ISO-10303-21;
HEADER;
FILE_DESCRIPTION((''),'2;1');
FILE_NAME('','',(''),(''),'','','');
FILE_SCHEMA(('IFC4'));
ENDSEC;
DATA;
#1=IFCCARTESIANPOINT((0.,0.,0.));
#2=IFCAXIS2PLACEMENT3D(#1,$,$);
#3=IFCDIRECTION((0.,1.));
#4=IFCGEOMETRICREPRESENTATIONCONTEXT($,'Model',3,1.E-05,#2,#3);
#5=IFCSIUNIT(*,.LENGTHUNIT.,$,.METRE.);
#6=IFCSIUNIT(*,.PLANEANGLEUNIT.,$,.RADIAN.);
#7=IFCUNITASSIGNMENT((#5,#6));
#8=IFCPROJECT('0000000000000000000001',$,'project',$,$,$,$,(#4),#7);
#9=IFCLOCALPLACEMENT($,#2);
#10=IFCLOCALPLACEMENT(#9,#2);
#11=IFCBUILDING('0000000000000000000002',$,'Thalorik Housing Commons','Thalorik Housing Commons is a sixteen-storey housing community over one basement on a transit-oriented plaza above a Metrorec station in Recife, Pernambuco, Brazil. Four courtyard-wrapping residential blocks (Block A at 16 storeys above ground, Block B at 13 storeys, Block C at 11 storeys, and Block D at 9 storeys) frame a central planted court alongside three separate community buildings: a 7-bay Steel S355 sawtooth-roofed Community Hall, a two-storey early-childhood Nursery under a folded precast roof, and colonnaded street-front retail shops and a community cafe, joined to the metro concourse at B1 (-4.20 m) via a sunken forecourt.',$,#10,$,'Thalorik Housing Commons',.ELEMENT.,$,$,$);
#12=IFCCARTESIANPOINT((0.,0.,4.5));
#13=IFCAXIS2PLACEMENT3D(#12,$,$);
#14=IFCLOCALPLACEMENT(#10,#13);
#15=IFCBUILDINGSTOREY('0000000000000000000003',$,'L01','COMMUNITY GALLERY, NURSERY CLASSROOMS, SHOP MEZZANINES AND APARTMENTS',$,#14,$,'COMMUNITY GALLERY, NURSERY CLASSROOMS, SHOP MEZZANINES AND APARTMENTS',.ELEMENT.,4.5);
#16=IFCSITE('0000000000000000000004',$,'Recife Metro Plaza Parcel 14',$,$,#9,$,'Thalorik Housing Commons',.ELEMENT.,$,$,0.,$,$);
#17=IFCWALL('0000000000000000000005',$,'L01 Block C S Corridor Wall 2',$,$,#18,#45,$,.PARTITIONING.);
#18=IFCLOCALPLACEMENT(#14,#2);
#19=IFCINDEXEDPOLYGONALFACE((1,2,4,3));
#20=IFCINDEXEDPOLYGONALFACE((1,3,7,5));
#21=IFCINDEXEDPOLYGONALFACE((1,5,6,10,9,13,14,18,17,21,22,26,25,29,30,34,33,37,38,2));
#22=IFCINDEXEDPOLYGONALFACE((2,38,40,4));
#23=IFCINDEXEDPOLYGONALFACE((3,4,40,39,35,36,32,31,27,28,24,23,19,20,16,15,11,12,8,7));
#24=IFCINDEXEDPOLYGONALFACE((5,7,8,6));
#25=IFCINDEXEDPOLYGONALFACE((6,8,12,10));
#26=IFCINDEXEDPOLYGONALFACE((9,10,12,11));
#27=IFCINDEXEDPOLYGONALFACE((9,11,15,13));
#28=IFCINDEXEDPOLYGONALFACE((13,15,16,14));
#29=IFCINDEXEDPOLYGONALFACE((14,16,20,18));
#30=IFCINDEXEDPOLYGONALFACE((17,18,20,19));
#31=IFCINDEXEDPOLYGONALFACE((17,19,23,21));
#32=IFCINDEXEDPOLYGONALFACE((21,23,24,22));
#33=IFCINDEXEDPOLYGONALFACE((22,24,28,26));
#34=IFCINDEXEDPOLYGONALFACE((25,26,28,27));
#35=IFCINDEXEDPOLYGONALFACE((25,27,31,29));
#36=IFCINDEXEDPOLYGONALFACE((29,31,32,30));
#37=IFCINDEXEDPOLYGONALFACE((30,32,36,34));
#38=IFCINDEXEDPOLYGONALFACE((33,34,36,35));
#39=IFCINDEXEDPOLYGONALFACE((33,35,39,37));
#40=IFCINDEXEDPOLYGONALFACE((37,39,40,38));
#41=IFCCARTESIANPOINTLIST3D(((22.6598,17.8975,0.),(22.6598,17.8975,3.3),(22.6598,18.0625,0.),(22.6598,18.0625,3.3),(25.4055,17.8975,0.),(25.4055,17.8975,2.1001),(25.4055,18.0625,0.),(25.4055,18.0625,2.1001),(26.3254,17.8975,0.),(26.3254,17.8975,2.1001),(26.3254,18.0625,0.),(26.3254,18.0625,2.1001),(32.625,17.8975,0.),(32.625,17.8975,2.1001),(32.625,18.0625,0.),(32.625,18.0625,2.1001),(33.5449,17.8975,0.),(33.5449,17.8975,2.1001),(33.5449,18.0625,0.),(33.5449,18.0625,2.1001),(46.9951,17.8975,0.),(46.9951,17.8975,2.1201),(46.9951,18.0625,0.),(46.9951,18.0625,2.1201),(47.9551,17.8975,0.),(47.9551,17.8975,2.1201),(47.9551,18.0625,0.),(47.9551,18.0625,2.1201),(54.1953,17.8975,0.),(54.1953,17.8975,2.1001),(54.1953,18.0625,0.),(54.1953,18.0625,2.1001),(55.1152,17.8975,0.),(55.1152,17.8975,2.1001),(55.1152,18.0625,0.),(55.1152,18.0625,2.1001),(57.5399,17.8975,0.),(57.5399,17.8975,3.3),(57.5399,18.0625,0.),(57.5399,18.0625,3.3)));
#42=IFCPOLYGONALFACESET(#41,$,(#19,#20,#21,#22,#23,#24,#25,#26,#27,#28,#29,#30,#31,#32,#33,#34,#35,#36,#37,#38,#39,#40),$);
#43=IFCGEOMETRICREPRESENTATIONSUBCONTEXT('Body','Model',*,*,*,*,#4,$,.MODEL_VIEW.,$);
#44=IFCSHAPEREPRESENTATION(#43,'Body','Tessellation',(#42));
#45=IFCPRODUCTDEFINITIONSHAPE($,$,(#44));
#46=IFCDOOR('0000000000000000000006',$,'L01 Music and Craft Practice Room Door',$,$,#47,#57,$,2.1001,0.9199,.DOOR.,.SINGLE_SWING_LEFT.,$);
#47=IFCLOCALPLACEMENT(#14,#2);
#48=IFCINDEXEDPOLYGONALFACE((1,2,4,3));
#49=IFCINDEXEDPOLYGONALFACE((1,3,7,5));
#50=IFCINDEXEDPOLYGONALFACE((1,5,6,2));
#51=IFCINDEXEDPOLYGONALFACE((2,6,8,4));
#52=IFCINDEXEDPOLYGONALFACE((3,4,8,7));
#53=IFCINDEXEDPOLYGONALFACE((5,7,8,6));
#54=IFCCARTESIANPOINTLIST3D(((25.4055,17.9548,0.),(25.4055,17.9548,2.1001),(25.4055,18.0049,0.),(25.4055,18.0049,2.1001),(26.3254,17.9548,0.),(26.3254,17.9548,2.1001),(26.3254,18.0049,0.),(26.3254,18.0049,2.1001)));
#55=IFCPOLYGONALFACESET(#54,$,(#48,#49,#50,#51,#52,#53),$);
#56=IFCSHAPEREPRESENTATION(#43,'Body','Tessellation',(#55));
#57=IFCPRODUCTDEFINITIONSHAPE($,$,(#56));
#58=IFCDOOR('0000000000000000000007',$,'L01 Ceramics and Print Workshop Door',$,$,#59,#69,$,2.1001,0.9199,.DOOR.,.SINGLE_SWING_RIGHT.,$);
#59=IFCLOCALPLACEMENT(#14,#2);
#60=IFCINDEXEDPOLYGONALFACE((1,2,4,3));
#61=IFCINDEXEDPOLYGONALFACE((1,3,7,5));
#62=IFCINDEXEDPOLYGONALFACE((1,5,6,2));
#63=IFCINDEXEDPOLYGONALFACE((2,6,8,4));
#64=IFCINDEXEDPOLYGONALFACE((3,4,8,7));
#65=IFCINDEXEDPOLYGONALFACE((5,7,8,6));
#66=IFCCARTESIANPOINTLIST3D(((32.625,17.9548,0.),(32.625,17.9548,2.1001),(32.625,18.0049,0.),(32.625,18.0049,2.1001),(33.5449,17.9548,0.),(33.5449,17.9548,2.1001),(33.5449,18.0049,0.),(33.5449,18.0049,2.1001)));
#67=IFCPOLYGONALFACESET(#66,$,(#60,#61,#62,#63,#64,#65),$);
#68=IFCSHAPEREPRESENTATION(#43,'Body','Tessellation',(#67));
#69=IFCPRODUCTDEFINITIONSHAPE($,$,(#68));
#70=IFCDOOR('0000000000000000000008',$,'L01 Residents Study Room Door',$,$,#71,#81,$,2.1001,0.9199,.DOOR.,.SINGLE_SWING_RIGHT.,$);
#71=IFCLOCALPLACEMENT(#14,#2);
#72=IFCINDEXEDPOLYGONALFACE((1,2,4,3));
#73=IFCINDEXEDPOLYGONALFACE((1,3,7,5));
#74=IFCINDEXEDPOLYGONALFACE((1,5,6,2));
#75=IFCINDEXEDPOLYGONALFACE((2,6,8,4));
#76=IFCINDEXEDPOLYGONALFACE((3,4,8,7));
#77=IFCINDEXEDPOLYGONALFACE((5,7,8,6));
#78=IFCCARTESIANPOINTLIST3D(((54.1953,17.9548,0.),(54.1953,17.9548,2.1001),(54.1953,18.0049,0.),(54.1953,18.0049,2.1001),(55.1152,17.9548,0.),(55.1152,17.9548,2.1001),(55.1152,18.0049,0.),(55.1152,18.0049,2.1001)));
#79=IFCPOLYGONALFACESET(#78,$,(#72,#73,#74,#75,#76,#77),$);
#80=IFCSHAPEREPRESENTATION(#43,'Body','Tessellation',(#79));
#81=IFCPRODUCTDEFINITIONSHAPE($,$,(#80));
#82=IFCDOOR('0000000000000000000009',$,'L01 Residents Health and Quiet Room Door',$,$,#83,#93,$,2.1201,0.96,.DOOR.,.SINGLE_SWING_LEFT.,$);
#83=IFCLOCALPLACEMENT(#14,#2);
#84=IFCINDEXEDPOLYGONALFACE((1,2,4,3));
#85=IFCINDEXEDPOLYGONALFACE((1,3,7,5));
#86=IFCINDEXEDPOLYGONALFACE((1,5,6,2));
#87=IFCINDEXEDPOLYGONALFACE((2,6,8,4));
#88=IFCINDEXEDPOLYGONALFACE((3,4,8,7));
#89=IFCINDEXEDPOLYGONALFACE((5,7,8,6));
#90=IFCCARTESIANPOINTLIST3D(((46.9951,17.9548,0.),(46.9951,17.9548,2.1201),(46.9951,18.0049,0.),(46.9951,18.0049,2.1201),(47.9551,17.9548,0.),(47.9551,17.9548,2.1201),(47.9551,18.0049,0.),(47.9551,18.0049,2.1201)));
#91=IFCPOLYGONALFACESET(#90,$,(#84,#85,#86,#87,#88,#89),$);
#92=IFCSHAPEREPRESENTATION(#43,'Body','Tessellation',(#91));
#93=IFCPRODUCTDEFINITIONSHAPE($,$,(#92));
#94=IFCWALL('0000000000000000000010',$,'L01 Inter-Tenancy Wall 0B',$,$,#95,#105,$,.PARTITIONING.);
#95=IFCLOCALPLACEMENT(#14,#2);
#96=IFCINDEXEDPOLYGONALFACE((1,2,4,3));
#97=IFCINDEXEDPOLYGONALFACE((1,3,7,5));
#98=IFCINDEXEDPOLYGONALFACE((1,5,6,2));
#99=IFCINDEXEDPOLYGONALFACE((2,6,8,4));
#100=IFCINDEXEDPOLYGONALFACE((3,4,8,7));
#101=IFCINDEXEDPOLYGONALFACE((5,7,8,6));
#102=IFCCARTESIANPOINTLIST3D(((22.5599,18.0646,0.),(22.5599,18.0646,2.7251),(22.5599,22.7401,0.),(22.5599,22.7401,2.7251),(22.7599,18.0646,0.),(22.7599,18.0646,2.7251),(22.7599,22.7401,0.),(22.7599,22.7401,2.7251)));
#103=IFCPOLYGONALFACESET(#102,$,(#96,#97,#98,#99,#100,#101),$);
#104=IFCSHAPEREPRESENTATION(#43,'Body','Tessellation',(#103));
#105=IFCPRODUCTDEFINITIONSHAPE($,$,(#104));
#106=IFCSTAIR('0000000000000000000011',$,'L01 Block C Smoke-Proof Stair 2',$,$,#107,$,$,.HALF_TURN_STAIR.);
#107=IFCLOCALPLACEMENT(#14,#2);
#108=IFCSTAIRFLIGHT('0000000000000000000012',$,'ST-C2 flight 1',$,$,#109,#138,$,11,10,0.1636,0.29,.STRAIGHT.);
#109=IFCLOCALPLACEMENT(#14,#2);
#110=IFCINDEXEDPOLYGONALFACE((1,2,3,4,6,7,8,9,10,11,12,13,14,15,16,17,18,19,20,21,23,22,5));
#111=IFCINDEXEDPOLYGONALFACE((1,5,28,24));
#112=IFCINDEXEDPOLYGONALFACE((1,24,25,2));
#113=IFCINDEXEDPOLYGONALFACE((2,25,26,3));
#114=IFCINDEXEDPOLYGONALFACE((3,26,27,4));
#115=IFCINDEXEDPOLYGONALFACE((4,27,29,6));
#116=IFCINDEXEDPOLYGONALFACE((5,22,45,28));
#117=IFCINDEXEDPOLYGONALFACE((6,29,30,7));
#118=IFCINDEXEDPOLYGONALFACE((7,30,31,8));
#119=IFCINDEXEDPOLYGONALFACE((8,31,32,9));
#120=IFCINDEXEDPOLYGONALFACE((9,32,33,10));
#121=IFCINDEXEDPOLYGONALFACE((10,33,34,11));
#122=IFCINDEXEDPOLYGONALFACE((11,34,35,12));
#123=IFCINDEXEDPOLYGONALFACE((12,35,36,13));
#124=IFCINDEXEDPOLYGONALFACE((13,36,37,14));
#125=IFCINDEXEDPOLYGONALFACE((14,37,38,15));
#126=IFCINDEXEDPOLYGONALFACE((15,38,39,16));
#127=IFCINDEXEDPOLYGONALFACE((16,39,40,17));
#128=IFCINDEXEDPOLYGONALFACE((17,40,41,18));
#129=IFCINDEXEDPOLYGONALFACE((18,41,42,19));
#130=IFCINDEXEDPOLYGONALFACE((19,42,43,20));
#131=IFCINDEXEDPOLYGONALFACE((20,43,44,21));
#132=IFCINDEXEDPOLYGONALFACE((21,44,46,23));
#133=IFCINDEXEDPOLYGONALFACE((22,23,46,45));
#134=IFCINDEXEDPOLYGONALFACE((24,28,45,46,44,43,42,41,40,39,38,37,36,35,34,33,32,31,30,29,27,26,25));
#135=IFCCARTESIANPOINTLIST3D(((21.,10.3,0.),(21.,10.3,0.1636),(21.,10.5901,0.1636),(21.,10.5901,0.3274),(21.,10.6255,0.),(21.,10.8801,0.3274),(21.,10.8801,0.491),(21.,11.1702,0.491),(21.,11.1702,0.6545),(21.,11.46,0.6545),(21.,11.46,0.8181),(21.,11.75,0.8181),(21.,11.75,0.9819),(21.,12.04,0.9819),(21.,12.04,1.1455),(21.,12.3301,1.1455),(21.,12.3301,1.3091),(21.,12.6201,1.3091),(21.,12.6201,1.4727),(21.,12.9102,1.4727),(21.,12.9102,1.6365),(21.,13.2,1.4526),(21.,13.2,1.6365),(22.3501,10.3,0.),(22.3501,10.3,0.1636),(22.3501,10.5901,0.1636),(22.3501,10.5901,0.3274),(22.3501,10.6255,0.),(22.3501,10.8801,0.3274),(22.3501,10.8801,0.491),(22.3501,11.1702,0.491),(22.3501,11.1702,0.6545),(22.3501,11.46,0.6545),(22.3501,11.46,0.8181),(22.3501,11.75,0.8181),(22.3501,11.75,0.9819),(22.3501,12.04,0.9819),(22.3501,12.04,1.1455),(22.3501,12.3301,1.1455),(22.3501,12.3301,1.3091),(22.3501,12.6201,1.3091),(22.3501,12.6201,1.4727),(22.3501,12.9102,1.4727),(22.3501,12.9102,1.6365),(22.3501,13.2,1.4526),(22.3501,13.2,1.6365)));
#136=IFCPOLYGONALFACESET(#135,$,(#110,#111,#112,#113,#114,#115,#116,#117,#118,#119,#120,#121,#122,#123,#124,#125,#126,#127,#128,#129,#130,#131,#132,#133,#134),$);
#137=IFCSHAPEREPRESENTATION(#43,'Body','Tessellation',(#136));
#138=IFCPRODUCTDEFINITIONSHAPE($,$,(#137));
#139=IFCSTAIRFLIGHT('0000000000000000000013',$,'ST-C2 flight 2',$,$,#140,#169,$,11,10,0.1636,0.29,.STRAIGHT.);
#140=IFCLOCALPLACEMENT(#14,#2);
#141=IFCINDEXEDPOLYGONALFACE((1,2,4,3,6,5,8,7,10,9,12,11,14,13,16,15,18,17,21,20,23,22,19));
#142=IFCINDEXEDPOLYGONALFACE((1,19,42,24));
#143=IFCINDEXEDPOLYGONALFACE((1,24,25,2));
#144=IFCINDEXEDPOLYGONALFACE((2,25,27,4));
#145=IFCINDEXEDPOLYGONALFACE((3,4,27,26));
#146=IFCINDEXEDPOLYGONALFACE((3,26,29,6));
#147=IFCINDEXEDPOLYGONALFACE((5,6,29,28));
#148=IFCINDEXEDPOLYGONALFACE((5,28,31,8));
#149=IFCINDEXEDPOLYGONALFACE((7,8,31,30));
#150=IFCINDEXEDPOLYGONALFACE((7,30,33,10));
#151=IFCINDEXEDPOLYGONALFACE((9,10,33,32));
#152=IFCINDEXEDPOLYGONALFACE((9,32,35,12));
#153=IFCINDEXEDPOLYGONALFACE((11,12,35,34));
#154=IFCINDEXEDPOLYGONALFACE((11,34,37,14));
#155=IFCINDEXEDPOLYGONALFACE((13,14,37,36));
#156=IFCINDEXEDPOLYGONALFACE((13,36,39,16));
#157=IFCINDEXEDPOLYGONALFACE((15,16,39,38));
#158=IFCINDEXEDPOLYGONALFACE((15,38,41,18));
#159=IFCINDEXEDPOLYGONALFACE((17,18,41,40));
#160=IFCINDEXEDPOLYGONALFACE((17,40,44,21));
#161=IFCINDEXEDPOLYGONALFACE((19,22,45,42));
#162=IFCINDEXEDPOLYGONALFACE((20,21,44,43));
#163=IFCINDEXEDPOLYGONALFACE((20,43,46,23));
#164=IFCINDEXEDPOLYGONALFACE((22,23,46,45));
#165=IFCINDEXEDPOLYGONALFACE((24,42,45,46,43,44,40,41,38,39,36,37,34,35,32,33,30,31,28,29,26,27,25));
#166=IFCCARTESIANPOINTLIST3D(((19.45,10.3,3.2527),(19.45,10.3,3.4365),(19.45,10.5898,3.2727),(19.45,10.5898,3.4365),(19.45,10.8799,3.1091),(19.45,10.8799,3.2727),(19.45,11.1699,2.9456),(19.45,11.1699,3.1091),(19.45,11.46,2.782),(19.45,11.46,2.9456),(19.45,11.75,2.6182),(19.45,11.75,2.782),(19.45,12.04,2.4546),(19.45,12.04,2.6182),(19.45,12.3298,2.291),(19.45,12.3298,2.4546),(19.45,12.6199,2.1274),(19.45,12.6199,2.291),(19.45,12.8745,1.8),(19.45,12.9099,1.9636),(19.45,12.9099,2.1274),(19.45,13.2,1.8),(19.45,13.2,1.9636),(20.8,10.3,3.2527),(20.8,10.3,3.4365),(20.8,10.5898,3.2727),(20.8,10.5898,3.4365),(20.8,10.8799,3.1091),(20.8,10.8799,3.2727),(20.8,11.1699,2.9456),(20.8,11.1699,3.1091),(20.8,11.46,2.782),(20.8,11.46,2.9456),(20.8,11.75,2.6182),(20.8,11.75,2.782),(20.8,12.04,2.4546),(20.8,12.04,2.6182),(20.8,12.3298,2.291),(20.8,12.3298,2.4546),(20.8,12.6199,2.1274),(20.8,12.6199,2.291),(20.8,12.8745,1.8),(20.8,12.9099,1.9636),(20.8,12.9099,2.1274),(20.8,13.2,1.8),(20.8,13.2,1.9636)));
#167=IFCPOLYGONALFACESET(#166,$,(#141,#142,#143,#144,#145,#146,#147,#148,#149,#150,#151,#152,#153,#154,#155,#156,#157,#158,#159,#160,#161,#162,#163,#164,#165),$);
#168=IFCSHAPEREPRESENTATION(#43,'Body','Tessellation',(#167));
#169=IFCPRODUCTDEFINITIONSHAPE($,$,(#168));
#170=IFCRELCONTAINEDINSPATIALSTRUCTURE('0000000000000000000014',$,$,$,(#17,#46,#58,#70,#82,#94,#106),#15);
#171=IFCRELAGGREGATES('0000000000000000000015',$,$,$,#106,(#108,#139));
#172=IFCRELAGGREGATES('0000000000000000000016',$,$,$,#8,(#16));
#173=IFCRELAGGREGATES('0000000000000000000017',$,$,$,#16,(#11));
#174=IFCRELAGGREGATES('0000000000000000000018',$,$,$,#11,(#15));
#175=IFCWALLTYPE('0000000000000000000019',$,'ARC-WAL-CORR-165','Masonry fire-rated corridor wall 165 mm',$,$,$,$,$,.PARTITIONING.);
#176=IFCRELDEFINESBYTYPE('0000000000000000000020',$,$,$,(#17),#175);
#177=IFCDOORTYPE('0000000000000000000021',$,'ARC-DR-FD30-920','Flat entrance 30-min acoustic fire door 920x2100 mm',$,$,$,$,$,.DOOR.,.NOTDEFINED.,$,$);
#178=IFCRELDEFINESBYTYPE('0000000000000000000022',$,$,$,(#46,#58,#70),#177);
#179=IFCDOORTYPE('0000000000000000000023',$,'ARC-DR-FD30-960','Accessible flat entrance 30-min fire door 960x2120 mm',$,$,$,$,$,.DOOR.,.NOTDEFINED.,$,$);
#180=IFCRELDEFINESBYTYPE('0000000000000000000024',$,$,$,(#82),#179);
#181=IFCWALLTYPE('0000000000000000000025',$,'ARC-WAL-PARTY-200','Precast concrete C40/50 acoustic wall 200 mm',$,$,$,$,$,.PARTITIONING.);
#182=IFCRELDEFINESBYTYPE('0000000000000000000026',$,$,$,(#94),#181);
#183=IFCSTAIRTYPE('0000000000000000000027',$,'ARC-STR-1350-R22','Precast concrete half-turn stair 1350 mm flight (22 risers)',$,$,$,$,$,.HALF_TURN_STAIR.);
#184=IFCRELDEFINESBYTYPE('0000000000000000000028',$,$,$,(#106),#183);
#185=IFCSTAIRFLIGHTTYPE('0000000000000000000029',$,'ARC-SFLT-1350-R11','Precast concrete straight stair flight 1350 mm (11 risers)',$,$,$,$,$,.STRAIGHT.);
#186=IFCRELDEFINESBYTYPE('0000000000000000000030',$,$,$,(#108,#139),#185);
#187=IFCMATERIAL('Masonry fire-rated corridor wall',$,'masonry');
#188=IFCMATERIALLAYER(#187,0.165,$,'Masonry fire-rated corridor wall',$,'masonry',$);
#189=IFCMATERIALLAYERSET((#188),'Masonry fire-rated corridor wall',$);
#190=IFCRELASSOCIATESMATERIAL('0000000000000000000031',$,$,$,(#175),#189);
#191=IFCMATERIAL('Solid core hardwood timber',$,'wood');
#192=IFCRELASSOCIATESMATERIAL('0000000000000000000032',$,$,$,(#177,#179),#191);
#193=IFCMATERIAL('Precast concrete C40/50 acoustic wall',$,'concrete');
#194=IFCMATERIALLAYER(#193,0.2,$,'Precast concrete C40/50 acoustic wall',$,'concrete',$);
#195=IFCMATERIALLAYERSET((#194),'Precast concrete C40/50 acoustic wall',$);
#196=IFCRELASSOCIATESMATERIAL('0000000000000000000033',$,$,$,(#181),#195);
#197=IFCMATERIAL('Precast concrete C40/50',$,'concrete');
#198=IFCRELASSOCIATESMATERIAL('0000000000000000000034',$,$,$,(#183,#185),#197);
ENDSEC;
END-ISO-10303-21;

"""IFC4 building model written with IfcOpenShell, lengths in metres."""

from ifc_helpers import new_model, si_unit, direction, frame, frame_2d, origin, place, context, subcontext, project, spatial, polyline, rectangle, outline, extrude, material, layer, layer_set, type_object, element, fill, aggregate, save


model = new_model("IFC4")

# Units and contexts
model_context = context("Model", 3, precision=1e-05, world=origin(), true_north=direction((0.0, 1.0)))
body_context = subcontext(model_context, "Body", "Model", "MODEL_VIEW")
ifc_project = project(units=[si_unit("LENGTHUNIT", "METRE"), si_unit("PLANEANGLEUNIT", "RADIAN")], contexts=[model_context])

# Site, building, storey
site_placement = place(None, origin())
site = spatial("IfcSite", under=ifc_project, at=site_placement, Name="Recife Metro Plaza Parcel 14", LongName="Thalorik Housing Commons", CompositionType="ELEMENT", RefElevation=0.0)
building_placement = place(site_placement, origin())
building = spatial("IfcBuilding", under=site, at=building_placement, Name="Thalorik Housing Commons", Description="Thalorik Housing Commons is a sixteen-storey housing community over one basement on a transit-oriented plaza above a Metrorec station in Recife, Pernambuco, Brazil. Four courtyard-wrapping residential blocks (Block A at 16 storeys above ground, Block B at 13 storeys, Block C at 11 storeys, and Block D at 9 storeys) frame a central planted court alongside three separate community buildings: a 7-bay Steel S355 sawtooth-roofed Community Hall, a two-storey early-childhood Nursery under a folded precast roof, and colonnaded street-front retail shops and a community cafe, joined to the metro concourse at B1 (-4.20 m) via a sunken forecourt.", LongName="Thalorik Housing Commons", CompositionType="ELEMENT")
storey_placement = place(building_placement, frame((0.0, 0.0, 4.5)))
storey = spatial("IfcBuildingStorey", under=building, at=storey_placement, Name="L01", Description="COMMUNITY GALLERY, NURSERY CLASSROOMS, SHOP MEZZANINES AND APARTMENTS", LongName="COMMUNITY GALLERY, NURSERY CLASSROOMS, SHOP MEZZANINES AND APARTMENTS", CompositionType="ELEMENT", Elevation=4.5)

# Shared definitions
ifc_material_1 = material(Name="Precast concrete C40/50", Category="concrete")

# Wall, openings, doors
ifc_material_2 = material(Name="Masonry fire-rated corridor wall", Category="masonry")
ifc_layer_1 = layer(ifc_material_2, 0.165, Name="Masonry fire-rated corridor wall", Category="masonry")
ifc_layer_set_1 = layer_set([ifc_layer_1], Name="Masonry fire-rated corridor wall")
wall_type_1 = type_object("IfcWallType", Name="ARC-WAL-CORR-165", Description="Masonry fire-rated corridor wall 165 mm", PredefinedType="PARTITIONING", material=ifc_layer_set_1)
wall_1_placement = place(storey_placement, frame((22.6599, 17.98, 0.0), z_axis=(0.0, 0.0, 1.0), x_axis=(1.0, 0.0, 0.0)))
wall_1 = element("IfcWall", 1, at=wall_1_placement, inside=storey, type_object=wall_type_1, Name="L01 Block C S Corridor Wall 2", PredefinedType="PARTITIONING", context=body_context, shape_type="SweptSolid", body=[
    extrude(rectangle(XDim=34.8801, YDim=0.165, at=frame_2d((17.4399, 0.0))), origin(), (0.0, 0.0, 1.0), 3.3),
])
opening_1_placement = place(wall_1_placement, frame((2.7456, 0.0, 0.0)))
opening_1 = element("IfcOpeningElement", 2, at=opening_1_placement, cuts=wall_1, PredefinedType="OPENING", context=body_context, shape_type="SweptSolid", body=[
    extrude(rectangle(XDim=0.9199, YDim=2.1001, at=frame_2d((0.46, 1.05))), frame((0.0, 0.0925, 0.0), z_axis=(0.0, -1.0, 0.0), x_axis=(1.0, 0.0, 0.0)), (0.0, 0.0, 1.0), 0.1851),
])
opening_2_placement = place(wall_1_placement, frame((9.9651, 0.0, 0.0)))
opening_2 = element("IfcOpeningElement", 3, at=opening_2_placement, cuts=wall_1, PredefinedType="OPENING", context=body_context, shape_type="SweptSolid", body=[
    extrude(rectangle(XDim=0.9199, YDim=2.1001, at=frame_2d((0.46, 1.05))), frame((0.0, 0.0925, 0.0), z_axis=(0.0, -1.0, 0.0), x_axis=(1.0, 0.0, 0.0)), (0.0, 0.0, 1.0), 0.1851),
])
opening_3_placement = place(wall_1_placement, frame((24.3352, 0.0, 0.0)))
opening_3 = element("IfcOpeningElement", 4, at=opening_3_placement, cuts=wall_1, PredefinedType="OPENING", context=body_context, shape_type="SweptSolid", body=[
    extrude(rectangle(XDim=0.96, YDim=2.1201, at=frame_2d((0.48, 1.0601))), frame((0.0, 0.0925, 0.0), z_axis=(0.0, -1.0, 0.0), x_axis=(1.0, 0.0, 0.0)), (0.0, 0.0, 1.0), 0.1851),
])
opening_4_placement = place(wall_1_placement, frame((31.5354, 0.0, 0.0)))
opening_4 = element("IfcOpeningElement", 5, at=opening_4_placement, cuts=wall_1, PredefinedType="OPENING", context=body_context, shape_type="SweptSolid", body=[
    extrude(rectangle(XDim=0.9199, YDim=2.1001, at=frame_2d((0.46, 1.05))), frame((0.0, 0.0925, 0.0), z_axis=(0.0, -1.0, 0.0), x_axis=(1.0, 0.0, 0.0)), (0.0, 0.0, 1.0), 0.1851),
])
ifc_material_3 = material(Name="Solid core hardwood timber", Category="wood")
door_type_1 = type_object("IfcDoorType", Name="ARC-DR-FD30-920", Description="Flat entrance 30-min acoustic fire door 920x2100 mm", OperationType="NOTDEFINED", PredefinedType="DOOR", material=ifc_material_3)
door_1_placement = place(opening_1_placement, origin())
door_1 = element("IfcDoor", 6, at=door_1_placement, inside=storey, type_object=door_type_1, Name="L01 Music and Craft Practice Room Door", OperationType="SINGLE_SWING_LEFT", OverallHeight=2.1001, OverallWidth=0.9199, PredefinedType="DOOR", context=body_context, shape_type="SweptSolid", body=[
    extrude(rectangle(XDim=0.9199, YDim=2.1001, at=frame_2d((0.46, 1.05))), frame((0.0, 0.0249, 0.0), z_axis=(0.0, -1.0, 0.0), x_axis=(1.0, 0.0, 0.0)), (0.0, 0.0, 1.0), 0.05),
])
fill(opening_1, door_1)
door_2_placement = place(opening_2_placement, origin())
door_2 = element("IfcDoor", 7, at=door_2_placement, inside=storey, type_object=door_type_1, Name="L01 Ceramics and Print Workshop Door", OperationType="SINGLE_SWING_RIGHT", OverallHeight=2.1001, OverallWidth=0.9199, PredefinedType="DOOR", context=body_context, shape_type="SweptSolid", body=[
    extrude(rectangle(XDim=0.9199, YDim=2.1001, at=frame_2d((0.46, 1.05))), frame((0.0, 0.0249, 0.0), z_axis=(0.0, -1.0, 0.0), x_axis=(1.0, 0.0, 0.0)), (0.0, 0.0, 1.0), 0.05),
])
fill(opening_2, door_2)
door_3_placement = place(opening_4_placement, origin())
door_3 = element("IfcDoor", 8, at=door_3_placement, inside=storey, type_object=door_type_1, Name="L01 Residents Study Room Door", OperationType="SINGLE_SWING_RIGHT", OverallHeight=2.1001, OverallWidth=0.9199, PredefinedType="DOOR", context=body_context, shape_type="SweptSolid", body=[
    extrude(rectangle(XDim=0.9199, YDim=2.1001, at=frame_2d((0.46, 1.05))), frame((0.0, 0.0249, 0.0), z_axis=(0.0, -1.0, 0.0), x_axis=(1.0, 0.0, 0.0)), (0.0, 0.0, 1.0), 0.05),
])
fill(opening_4, door_3)
door_type_2 = type_object("IfcDoorType", Name="ARC-DR-FD30-960", Description="Accessible flat entrance 30-min fire door 960x2120 mm", OperationType="NOTDEFINED", PredefinedType="DOOR", material=ifc_material_3)
door_4_placement = place(opening_3_placement, origin())
door_4 = element("IfcDoor", 9, at=door_4_placement, inside=storey, type_object=door_type_2, Name="L01 Residents Health and Quiet Room Door", OperationType="SINGLE_SWING_LEFT", OverallHeight=2.1201, OverallWidth=0.96, PredefinedType="DOOR", context=body_context, shape_type="SweptSolid", body=[
    extrude(rectangle(XDim=0.96, YDim=2.1201, at=frame_2d((0.48, 1.0601))), frame((0.0, 0.0249, 0.0), z_axis=(0.0, -1.0, 0.0), x_axis=(1.0, 0.0, 0.0)), (0.0, 0.0, 1.0), 0.05),
])
fill(opening_3, door_4)

# Wall
ifc_material_4 = material(Name="Precast concrete C40/50 acoustic wall", Category="concrete")
ifc_layer_2 = layer(ifc_material_4, 0.2, Name="Precast concrete C40/50 acoustic wall", Category="concrete")
ifc_layer_set_2 = layer_set([ifc_layer_2], Name="Precast concrete C40/50 acoustic wall")
wall_type_2 = type_object("IfcWallType", Name="ARC-WAL-PARTY-200", Description="Precast concrete C40/50 acoustic wall 200 mm", PredefinedType="PARTITIONING", material=ifc_layer_set_2)
wall_2_placement = place(storey_placement, frame((22.6599, 18.0645, 0.0), z_axis=(0.0, 0.0, 1.0), x_axis=(0.0, 1.0, 0.0)))
element("IfcWall", 10, at=wall_2_placement, inside=storey, type_object=wall_type_2, Name="L01 Inter-Tenancy Wall 0B", PredefinedType="PARTITIONING", context=body_context, shape_type="SweptSolid", body=[
    extrude(rectangle(XDim=4.6755, YDim=0.2, at=frame_2d((2.3379, 0.0))), origin(), (0.0, 0.0, 1.0), 2.7251),
])

# Stair, stair flights
stair_type = type_object("IfcStairType", Name="ARC-STR-1350-R22", Description="Precast concrete half-turn stair 1350 mm flight (22 risers)", PredefinedType="HALF_TURN_STAIR", material=ifc_material_1)
stair_placement = place(storey_placement, origin())
stair = element("IfcStair", 11, at=stair_placement, inside=storey, type_object=stair_type, Name="L01 Block C Smoke-Proof Stair 2", PredefinedType="HALF_TURN_STAIR")
stair_flight_type = type_object("IfcStairFlightType", Name="ARC-SFLT-1350-R11", Description="Precast concrete straight stair flight 1350 mm (11 risers)", PredefinedType="STRAIGHT", material=ifc_material_1)
stair_flight_1_placement = place(storey_placement, frame((21.675, 10.3, 0.0), z_axis=(0.0, 0.0, 1.0), x_axis=(0.0, 1.0, 0.0)))
stair_flight_1 = element("IfcStairFlight", 12, at=stair_flight_1_placement, type_object=stair_flight_type, Name="ST-C2 flight 1", NumberOfRisers=11, NumberOfTreads=10, PredefinedType="STRAIGHT", RiserHeight=0.1636, TreadLength=0.29, context=body_context, shape_type="SweptSolid", body=[
    extrude(outline(polyline([(0.0, 0.0), (0.0, 0.1636), (0.29, 0.1636), (0.29, 0.3274), (0.5801, 0.3274), (0.5801, 0.491), (0.8701, 0.491), (0.8701, 0.6545), (1.1599, 0.6545), (1.1599, 0.8181), (1.45, 0.8181), (1.45, 0.9819), (1.74, 0.9819), (1.74, 1.1455), (2.03, 1.1455), (2.03, 1.3091), (2.3201, 1.3091), (2.3201, 1.4727), (2.6101, 1.4727), (2.6101, 1.6365), (2.8999, 1.6365), (2.8999, 1.8), (2.8999, 1.4526), (0.3254, 0.0), (0.0, 0.0)])), frame((0.0, 0.675, 0.0), z_axis=(0.0, -1.0, 0.0), x_axis=(1.0, 0.0, 0.0)), (0.0, 0.0, 1.0), 1.3501),
])
stair_flight_2_placement = place(storey_placement, frame((20.125, 13.2, 1.8), z_axis=(0.0, 0.0, 1.0), x_axis=(0.0, -1.0, 0.0)))
stair_flight_2 = element("IfcStairFlight", 13, at=stair_flight_2_placement, type_object=stair_flight_type, Name="ST-C2 flight 2", NumberOfRisers=11, NumberOfTreads=10, PredefinedType="STRAIGHT", RiserHeight=0.1636, TreadLength=0.29, context=body_context, shape_type="SweptSolid", body=[
    extrude(outline(polyline([(0.0, 0.0), (0.0, 0.1636), (0.29, 0.1636), (0.29, 0.3274), (0.5801, 0.3274), (0.5801, 0.491), (0.8701, 0.491), (0.8701, 0.6545), (1.1599, 0.6545), (1.1599, 0.8181), (1.45, 0.8181), (1.45, 0.9819), (1.74, 0.9819), (1.74, 1.1455), (2.03, 1.1455), (2.03, 1.3091), (2.3201, 1.3091), (2.3201, 1.4727), (2.6101, 1.4727), (2.6101, 1.6365), (2.8999, 1.6365), (2.8999, 1.8), (2.8999, 1.4526), (0.3254, 0.0), (0.0, 0.0)])), frame((0.0, 0.675, 0.0), z_axis=(0.0, -1.0, 0.0), x_axis=(1.0, 0.0, 0.0)), (0.0, 0.0, 1.0), 1.3501),
])
aggregate(stair, [stair_flight_1, stair_flight_2])

save(model, "model.ifc")
